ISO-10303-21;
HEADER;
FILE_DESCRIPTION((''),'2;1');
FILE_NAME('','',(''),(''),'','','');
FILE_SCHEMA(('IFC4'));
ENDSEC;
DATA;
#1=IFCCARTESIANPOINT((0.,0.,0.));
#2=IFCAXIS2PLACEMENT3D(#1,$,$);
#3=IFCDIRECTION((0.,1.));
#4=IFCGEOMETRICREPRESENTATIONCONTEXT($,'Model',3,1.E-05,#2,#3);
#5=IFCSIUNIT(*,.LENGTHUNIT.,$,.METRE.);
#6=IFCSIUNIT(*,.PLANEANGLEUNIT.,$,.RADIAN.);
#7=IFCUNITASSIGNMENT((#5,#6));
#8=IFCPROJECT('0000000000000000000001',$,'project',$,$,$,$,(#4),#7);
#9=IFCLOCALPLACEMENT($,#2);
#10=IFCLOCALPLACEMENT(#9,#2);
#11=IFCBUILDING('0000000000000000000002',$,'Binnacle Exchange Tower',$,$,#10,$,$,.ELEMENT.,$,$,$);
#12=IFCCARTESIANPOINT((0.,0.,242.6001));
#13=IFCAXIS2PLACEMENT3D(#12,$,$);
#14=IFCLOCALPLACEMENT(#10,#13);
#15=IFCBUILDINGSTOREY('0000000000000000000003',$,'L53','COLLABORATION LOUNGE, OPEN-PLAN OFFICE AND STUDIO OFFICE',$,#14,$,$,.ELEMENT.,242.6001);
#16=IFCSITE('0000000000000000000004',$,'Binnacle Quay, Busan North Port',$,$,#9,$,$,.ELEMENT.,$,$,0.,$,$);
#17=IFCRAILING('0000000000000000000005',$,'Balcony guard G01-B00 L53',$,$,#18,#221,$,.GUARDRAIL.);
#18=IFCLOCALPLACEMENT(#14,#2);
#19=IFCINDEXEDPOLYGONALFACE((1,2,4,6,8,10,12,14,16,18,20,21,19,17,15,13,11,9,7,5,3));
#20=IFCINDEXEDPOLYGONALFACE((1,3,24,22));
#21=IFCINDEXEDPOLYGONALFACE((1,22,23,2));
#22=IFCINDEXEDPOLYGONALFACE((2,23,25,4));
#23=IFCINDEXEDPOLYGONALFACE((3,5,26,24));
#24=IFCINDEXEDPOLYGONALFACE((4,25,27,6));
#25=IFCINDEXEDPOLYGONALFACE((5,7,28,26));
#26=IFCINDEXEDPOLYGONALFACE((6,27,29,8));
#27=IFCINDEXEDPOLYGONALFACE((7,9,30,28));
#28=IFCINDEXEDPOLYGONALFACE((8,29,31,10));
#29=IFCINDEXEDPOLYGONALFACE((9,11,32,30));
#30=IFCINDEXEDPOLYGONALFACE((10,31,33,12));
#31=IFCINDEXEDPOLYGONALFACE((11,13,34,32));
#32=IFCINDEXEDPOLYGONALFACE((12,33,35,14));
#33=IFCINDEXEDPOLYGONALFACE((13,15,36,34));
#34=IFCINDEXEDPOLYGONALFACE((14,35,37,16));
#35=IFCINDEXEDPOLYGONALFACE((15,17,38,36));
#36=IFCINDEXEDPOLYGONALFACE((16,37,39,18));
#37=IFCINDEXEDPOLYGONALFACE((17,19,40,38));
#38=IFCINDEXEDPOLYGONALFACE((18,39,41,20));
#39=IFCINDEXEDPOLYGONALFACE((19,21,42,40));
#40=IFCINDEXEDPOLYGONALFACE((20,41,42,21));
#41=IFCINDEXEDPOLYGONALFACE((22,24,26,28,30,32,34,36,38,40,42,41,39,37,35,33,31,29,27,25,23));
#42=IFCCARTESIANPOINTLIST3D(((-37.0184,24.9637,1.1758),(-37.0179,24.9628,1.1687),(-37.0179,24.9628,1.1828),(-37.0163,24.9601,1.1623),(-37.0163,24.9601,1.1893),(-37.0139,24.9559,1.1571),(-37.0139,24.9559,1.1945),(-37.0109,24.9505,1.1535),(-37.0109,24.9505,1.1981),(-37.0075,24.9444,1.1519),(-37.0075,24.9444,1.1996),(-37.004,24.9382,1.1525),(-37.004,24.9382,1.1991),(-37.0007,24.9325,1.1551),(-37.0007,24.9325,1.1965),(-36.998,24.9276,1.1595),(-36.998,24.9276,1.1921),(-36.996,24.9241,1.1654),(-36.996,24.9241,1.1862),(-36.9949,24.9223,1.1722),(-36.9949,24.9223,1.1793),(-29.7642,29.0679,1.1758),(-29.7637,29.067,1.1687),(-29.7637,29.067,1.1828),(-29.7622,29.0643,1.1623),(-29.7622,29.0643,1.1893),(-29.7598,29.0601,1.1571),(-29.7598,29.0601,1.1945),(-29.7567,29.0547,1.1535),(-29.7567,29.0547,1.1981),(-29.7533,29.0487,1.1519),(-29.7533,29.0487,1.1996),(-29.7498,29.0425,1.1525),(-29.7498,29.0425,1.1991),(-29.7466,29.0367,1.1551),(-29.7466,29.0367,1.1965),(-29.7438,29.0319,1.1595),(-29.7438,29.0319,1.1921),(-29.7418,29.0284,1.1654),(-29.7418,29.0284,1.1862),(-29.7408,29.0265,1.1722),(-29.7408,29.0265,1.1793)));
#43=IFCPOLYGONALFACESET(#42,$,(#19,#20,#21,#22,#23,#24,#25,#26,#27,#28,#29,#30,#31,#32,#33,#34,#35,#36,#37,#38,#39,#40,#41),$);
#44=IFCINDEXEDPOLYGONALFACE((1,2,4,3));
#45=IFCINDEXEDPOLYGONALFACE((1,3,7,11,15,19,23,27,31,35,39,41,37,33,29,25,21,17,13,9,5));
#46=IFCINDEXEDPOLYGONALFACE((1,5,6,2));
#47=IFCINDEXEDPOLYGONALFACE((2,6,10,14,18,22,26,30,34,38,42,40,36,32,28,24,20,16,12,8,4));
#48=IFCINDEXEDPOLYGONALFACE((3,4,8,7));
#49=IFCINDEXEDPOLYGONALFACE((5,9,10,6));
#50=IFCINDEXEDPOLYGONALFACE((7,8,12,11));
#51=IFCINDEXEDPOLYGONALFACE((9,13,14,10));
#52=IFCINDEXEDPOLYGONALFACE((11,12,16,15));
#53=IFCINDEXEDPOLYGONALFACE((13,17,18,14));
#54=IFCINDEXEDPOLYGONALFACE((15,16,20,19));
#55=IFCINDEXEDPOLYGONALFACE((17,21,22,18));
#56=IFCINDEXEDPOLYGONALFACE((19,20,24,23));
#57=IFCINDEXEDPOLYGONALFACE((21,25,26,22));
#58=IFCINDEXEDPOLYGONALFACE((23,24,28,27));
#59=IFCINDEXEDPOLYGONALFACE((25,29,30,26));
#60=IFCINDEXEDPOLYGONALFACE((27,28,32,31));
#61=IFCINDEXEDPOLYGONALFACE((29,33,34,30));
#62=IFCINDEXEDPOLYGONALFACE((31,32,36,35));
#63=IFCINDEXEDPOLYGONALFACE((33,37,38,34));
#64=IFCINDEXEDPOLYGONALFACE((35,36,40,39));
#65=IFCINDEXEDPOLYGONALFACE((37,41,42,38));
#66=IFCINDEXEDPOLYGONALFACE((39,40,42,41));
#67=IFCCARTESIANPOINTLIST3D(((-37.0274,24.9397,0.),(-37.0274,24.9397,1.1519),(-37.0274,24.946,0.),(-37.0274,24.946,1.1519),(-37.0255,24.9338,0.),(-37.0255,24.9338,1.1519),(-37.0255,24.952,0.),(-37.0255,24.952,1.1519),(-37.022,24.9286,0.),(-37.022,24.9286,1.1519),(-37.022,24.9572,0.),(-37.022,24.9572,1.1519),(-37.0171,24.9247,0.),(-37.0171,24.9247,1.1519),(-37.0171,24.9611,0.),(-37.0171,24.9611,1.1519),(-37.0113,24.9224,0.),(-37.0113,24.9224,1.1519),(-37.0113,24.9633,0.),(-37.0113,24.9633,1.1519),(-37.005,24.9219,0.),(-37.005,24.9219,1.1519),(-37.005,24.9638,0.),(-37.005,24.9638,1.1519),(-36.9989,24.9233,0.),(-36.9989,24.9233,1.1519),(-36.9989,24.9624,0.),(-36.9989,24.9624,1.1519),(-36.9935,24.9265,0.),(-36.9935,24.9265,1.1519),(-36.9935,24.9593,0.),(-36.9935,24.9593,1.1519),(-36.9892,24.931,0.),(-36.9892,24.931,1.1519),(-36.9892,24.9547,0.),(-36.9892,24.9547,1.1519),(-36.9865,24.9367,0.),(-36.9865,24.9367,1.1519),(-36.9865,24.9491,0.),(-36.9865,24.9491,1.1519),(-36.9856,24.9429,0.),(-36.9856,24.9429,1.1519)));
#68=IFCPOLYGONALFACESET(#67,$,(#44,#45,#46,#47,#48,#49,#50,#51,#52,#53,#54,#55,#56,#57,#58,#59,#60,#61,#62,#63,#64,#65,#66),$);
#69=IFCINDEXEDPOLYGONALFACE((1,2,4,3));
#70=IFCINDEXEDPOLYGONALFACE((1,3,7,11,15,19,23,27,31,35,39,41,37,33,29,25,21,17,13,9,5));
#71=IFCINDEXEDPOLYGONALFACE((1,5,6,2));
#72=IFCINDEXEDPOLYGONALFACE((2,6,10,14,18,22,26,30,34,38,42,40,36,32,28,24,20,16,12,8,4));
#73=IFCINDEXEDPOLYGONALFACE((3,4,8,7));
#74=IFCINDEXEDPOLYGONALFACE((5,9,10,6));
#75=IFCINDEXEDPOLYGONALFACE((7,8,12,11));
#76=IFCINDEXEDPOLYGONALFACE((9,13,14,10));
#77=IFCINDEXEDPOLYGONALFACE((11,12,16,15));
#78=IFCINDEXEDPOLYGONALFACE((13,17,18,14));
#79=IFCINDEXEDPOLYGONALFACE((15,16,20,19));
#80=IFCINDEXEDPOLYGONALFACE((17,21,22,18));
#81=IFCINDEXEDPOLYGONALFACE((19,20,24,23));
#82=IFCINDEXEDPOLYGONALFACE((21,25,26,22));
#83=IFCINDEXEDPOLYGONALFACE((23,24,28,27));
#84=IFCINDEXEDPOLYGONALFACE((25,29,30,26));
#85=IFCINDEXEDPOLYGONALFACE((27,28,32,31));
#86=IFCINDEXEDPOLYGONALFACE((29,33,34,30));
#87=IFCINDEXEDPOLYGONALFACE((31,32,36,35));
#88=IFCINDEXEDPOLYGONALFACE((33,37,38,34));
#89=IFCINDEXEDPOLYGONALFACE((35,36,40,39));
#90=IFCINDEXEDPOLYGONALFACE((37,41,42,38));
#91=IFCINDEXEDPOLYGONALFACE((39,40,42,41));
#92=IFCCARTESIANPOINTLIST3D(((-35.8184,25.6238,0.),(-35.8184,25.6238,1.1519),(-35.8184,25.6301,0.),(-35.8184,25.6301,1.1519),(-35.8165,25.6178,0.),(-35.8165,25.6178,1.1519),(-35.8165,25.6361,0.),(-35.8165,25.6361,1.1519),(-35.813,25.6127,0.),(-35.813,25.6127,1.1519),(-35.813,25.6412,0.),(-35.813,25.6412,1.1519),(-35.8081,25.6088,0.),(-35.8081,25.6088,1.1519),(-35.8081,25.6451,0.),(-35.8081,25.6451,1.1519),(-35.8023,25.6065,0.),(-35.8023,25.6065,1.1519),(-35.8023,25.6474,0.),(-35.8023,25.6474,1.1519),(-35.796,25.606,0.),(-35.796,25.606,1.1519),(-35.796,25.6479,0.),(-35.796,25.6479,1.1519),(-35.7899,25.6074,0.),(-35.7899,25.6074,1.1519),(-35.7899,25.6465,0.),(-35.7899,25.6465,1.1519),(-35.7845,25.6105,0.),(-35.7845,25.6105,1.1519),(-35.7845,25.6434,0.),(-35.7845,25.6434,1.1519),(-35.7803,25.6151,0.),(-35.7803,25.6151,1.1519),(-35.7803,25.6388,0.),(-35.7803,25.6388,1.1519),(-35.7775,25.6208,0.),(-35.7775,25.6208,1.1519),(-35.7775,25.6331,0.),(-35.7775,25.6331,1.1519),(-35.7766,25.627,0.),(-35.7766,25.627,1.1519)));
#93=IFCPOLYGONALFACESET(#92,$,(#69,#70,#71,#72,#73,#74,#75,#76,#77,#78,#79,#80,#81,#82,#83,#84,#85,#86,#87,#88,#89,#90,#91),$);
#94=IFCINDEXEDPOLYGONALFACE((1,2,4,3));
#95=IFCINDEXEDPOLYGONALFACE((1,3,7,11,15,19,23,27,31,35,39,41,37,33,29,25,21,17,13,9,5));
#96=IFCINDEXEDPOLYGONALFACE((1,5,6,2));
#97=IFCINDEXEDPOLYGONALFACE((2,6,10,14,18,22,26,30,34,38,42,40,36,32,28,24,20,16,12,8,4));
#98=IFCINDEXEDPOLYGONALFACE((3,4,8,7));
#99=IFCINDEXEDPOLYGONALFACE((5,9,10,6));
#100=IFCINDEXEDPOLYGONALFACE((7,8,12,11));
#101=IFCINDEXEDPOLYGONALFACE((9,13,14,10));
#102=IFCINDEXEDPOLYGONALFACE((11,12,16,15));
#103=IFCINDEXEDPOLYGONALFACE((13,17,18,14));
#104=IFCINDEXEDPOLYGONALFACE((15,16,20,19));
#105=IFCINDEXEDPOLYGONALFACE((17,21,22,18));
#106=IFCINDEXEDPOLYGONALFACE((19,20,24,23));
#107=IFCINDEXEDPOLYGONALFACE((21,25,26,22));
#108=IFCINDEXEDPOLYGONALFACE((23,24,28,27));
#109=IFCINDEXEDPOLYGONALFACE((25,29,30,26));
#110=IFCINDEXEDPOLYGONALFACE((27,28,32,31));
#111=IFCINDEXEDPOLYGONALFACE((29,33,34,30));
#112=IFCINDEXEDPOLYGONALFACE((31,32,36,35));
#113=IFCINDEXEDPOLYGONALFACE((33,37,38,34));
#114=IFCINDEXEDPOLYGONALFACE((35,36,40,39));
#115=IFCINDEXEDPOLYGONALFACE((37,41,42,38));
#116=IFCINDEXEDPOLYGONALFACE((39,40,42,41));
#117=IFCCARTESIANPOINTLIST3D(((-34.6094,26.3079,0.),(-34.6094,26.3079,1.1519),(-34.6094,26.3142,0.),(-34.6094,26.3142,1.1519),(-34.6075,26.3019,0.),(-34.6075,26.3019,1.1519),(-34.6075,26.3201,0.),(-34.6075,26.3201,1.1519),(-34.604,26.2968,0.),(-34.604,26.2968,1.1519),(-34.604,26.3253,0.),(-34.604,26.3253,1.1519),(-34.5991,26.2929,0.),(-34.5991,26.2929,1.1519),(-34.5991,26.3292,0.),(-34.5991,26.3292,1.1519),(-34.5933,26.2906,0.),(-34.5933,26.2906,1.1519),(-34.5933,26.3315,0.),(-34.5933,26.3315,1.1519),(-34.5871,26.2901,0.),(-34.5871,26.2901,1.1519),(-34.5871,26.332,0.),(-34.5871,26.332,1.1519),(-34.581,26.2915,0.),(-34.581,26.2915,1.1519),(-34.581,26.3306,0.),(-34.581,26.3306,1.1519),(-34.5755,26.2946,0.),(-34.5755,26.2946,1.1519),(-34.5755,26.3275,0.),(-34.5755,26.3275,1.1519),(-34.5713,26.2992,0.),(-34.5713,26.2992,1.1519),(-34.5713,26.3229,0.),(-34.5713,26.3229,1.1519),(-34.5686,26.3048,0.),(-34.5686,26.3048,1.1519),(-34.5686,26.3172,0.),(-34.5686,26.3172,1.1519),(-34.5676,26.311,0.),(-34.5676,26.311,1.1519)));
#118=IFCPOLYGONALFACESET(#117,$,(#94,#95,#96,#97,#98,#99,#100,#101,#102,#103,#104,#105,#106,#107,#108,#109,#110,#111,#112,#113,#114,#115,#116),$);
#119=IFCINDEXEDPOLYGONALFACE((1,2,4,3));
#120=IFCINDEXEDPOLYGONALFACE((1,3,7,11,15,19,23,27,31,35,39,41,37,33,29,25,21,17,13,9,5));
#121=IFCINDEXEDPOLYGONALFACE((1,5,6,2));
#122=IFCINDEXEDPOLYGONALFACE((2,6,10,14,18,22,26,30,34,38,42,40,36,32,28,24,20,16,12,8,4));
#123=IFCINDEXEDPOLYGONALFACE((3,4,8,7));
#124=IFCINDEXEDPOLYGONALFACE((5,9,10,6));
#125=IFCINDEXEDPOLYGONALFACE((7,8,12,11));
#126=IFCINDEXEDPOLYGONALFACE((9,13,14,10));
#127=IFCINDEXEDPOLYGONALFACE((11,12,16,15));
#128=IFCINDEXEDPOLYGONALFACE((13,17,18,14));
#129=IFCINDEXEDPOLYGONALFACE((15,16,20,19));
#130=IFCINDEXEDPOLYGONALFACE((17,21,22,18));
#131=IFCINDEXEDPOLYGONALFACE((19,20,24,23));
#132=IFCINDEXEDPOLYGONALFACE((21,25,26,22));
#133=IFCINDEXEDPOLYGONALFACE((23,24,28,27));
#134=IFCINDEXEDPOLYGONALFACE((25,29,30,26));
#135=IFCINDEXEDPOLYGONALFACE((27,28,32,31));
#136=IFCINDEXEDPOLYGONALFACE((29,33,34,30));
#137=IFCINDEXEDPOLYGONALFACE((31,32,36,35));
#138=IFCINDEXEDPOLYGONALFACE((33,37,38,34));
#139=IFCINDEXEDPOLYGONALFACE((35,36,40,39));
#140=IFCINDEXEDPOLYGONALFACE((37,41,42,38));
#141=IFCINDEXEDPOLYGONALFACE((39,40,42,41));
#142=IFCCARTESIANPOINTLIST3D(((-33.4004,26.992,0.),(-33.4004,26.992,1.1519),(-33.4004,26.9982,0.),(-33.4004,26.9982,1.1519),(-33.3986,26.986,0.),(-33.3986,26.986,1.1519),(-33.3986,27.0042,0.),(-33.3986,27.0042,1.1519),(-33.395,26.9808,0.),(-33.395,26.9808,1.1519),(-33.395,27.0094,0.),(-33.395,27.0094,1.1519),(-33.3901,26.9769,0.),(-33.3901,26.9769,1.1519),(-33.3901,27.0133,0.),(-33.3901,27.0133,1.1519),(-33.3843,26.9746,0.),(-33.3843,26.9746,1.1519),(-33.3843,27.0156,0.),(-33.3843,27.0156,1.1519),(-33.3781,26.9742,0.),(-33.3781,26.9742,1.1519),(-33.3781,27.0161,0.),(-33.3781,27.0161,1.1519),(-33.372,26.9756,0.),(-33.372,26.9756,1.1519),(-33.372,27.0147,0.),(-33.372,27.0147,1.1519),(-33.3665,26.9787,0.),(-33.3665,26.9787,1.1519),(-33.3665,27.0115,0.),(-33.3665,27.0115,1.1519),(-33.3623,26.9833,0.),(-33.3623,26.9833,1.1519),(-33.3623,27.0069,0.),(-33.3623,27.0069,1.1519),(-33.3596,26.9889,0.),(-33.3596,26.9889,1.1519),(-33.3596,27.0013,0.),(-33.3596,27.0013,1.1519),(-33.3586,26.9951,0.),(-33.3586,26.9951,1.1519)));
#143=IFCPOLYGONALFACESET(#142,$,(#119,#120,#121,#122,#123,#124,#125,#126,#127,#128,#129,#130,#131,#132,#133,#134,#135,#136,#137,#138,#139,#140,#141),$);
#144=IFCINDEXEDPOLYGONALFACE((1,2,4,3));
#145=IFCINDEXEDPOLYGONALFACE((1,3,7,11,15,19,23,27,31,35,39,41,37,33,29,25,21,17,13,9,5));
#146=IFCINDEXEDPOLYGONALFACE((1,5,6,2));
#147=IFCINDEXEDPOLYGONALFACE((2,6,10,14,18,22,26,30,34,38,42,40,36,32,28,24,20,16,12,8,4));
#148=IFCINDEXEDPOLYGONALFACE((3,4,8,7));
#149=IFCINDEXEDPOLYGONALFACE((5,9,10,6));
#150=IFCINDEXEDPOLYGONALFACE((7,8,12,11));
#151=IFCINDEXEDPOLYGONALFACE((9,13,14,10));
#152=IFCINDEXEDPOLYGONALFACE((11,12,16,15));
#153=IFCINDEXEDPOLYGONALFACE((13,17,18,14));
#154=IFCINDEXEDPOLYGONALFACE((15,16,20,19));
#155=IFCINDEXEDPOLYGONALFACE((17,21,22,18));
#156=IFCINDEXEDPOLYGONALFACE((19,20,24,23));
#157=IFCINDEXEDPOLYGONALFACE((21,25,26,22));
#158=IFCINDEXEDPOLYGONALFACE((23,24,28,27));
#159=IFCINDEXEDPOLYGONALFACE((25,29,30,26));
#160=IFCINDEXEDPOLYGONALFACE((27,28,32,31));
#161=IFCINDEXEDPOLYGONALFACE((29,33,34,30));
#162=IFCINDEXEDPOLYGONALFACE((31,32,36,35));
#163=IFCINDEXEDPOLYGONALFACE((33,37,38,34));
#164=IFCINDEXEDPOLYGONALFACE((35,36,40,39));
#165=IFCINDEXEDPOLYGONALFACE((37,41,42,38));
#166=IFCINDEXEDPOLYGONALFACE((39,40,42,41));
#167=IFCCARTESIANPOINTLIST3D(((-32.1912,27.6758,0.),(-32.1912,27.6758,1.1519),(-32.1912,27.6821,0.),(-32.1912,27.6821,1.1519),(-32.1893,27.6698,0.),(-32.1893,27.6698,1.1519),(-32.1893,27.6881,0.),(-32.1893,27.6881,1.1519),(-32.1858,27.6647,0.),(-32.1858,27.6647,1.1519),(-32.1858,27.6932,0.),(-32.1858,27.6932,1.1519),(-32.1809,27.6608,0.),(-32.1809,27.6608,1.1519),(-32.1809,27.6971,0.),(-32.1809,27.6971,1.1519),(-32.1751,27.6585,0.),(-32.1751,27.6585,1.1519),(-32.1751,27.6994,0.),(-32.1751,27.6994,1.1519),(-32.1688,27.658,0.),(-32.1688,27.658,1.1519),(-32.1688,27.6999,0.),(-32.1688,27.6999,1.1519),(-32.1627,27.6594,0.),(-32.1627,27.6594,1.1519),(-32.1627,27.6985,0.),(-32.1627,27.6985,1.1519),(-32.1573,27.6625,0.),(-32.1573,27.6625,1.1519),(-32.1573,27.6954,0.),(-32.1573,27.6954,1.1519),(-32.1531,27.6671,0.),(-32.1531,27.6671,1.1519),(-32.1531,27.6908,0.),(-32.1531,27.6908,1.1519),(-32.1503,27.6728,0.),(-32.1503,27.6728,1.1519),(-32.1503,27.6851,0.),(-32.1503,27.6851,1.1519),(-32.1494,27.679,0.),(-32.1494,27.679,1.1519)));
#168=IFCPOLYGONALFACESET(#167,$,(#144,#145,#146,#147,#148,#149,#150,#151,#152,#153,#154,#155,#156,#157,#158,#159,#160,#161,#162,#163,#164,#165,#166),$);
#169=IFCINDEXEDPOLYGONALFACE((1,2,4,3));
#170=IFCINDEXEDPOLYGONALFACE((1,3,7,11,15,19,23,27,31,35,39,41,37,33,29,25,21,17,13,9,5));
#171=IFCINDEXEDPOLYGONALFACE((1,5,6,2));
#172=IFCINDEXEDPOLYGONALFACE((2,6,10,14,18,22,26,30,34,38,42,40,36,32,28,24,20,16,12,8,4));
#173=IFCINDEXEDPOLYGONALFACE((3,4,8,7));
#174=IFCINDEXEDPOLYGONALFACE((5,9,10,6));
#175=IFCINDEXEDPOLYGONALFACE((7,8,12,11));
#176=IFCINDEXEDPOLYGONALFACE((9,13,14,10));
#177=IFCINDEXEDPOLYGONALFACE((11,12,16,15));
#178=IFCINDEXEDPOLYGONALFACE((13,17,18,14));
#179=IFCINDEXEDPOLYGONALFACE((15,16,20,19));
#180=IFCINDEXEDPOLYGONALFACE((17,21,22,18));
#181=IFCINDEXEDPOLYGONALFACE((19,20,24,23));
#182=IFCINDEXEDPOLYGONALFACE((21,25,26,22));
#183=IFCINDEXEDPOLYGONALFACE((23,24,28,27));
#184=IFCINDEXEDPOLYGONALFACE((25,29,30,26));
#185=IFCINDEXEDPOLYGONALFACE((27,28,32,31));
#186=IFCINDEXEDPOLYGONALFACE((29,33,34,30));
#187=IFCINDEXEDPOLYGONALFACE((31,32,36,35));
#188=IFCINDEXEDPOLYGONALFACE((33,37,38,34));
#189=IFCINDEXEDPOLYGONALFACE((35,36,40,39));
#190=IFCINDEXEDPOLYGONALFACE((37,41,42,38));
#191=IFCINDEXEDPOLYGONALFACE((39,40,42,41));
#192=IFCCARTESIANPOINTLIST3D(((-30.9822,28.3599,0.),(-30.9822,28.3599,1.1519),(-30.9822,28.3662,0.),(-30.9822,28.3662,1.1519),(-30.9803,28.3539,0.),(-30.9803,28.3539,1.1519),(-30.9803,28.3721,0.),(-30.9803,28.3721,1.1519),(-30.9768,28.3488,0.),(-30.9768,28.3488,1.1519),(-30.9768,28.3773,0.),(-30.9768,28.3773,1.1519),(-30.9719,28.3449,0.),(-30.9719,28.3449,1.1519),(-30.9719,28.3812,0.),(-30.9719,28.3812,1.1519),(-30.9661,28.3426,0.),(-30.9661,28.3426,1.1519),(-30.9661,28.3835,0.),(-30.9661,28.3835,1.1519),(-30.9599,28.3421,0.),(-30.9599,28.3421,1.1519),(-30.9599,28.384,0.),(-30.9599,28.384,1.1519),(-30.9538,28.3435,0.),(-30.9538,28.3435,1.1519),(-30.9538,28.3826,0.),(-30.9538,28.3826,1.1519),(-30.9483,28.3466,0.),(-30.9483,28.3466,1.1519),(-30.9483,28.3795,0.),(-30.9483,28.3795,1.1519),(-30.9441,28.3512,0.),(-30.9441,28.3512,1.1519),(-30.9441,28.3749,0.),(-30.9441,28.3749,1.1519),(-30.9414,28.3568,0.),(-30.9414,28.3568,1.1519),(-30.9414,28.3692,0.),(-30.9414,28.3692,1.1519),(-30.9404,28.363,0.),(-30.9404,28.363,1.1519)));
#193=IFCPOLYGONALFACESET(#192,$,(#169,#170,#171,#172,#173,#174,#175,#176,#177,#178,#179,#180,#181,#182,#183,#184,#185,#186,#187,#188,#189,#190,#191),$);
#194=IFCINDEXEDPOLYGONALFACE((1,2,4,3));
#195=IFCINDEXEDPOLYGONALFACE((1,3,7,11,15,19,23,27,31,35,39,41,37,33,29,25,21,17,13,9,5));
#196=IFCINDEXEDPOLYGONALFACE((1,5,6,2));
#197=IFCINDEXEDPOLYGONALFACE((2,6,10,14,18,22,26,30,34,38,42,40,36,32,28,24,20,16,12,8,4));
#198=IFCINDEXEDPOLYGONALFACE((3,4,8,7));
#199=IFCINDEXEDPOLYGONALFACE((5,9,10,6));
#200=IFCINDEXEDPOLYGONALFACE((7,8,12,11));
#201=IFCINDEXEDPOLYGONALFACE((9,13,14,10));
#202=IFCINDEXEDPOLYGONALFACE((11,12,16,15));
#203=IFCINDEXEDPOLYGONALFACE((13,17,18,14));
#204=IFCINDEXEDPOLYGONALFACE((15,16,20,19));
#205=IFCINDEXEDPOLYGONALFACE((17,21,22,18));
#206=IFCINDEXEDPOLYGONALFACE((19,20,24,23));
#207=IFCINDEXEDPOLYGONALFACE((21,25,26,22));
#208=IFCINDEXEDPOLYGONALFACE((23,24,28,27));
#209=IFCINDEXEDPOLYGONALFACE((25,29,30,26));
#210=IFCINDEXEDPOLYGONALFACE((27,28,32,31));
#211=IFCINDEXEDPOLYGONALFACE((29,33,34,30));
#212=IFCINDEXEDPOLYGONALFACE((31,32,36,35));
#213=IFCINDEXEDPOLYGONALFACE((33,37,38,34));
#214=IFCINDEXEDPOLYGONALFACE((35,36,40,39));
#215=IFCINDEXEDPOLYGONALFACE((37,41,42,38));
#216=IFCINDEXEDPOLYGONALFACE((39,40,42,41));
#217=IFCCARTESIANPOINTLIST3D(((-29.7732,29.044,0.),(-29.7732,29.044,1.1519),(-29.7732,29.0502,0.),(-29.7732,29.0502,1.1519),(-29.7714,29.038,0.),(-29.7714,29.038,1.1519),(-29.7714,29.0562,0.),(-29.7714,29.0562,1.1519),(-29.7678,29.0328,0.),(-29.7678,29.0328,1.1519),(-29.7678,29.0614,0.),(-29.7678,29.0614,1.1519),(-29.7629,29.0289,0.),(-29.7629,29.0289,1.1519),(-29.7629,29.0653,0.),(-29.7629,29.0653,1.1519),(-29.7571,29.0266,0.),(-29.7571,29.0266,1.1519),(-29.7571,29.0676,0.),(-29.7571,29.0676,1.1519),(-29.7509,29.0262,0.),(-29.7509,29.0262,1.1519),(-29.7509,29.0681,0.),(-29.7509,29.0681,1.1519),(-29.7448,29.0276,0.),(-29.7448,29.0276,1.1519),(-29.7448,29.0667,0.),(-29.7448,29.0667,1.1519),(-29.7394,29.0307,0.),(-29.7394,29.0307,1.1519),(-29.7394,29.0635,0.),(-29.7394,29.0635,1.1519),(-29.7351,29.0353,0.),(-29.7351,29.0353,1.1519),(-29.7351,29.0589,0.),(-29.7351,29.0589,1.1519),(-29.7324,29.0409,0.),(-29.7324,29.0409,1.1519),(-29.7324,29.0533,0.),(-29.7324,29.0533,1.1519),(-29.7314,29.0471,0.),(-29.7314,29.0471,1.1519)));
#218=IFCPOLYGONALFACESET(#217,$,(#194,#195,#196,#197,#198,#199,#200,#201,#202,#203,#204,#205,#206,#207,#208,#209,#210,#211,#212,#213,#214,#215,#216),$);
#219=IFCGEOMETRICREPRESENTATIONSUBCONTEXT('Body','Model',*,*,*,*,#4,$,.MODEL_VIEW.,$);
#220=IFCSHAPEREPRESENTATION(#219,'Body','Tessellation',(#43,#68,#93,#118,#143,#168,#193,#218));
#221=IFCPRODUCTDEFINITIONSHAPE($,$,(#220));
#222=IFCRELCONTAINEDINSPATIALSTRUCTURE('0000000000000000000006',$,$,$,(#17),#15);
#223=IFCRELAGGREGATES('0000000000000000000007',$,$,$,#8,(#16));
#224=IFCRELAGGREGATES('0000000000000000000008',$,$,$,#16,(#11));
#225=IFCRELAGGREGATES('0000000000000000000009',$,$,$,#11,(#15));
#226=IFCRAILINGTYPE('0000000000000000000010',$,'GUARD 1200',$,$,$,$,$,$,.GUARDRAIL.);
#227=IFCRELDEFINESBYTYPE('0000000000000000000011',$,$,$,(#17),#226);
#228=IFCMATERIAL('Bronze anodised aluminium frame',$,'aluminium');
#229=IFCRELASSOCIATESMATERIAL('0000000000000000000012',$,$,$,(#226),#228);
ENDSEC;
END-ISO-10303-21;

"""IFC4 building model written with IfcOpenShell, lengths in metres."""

from ifc_helpers import new_model, si_unit, direction, frame, origin, origin_2d, place, context, subcontext, project, spatial, circle, extrude, material, type_object, element, save


model = new_model("IFC4")

# Units and contexts
model_context = context("Model", 3, precision=1e-05, world=origin(), true_north=direction((0.0, 1.0)))
body_context = subcontext(model_context, "Body", "Model", "MODEL_VIEW")
ifc_project = project(units=[si_unit("LENGTHUNIT", "METRE"), si_unit("PLANEANGLEUNIT", "RADIAN")], contexts=[model_context])

# Site, building, storey
site_placement = place(None, origin())
site = spatial("IfcSite", under=ifc_project, at=site_placement, Name="Binnacle Quay, Busan North Port", CompositionType="ELEMENT", RefElevation=0.0)
building_placement = place(site_placement, origin())
building = spatial("IfcBuilding", under=site, at=building_placement, Name="Binnacle Exchange Tower", CompositionType="ELEMENT")
storey_placement = place(building_placement, frame((0.0, 0.0, 242.6001)))
storey = spatial("IfcBuildingStorey", under=building, at=storey_placement, Name="L53", Description="COLLABORATION LOUNGE, OPEN-PLAN OFFICE AND STUDIO OFFICE", CompositionType="ELEMENT", Elevation=242.6001)

# Railing
ifc_material_1 = material(Name="Bronze anodised aluminium frame", Category="aluminium")
railing_type_1 = type_object("IfcRailingType", Name="GUARD 1200", PredefinedType="GUARDRAIL", material=ifc_material_1)
railing_1_placement = place(storey_placement, frame((-37.0066, 24.9429, 0.0)))
element("IfcRailing", 1, at=railing_1_placement, inside=storey, type_object=railing_type_1, Name="Balcony guard G01-B00 L53", PredefinedType="GUARDRAIL", context=body_context, shape_type="SweptSolid", body=[
    extrude(circle(Radius=0.0239, at=origin_2d()), frame((0.0, 0.0, 1.1758), z_axis=(0.870353, 0.492428, 0.0), x_axis=(-0.492428, 0.870353, 0.0)), (0.0, 0.0, 1.0), 8.3347),
    extrude(circle(Radius=0.021, at=origin_2d()), origin(), (0.0, 0.0, 1.0), 1.1519),
    extrude(circle(Radius=0.021, at=origin_2d()), frame((1.209, 0.6841, 0.0)), (0.0, 0.0, 1.0), 1.1519),
    extrude(circle(Radius=0.021, at=origin_2d()), frame((2.418, 1.3682, 0.0)), (0.0, 0.0, 1.0), 1.1519),
    extrude(circle(Radius=0.021, at=origin_2d()), frame((3.627, 2.0522, 0.0)), (0.0, 0.0, 1.0), 1.1519),
    extrude(circle(Radius=0.021, at=origin_2d()), frame((4.8362, 2.7361, 0.0)), (0.0, 0.0, 1.0), 1.1519),
    extrude(circle(Radius=0.021, at=origin_2d()), frame((6.0452, 3.4202, 0.0)), (0.0, 0.0, 1.0), 1.1519),
    extrude(circle(Radius=0.021, at=origin_2d()), frame((7.2542, 4.1042, 0.0)), (0.0, 0.0, 1.0), 1.1519),
])

save(model, "model.ifc")
